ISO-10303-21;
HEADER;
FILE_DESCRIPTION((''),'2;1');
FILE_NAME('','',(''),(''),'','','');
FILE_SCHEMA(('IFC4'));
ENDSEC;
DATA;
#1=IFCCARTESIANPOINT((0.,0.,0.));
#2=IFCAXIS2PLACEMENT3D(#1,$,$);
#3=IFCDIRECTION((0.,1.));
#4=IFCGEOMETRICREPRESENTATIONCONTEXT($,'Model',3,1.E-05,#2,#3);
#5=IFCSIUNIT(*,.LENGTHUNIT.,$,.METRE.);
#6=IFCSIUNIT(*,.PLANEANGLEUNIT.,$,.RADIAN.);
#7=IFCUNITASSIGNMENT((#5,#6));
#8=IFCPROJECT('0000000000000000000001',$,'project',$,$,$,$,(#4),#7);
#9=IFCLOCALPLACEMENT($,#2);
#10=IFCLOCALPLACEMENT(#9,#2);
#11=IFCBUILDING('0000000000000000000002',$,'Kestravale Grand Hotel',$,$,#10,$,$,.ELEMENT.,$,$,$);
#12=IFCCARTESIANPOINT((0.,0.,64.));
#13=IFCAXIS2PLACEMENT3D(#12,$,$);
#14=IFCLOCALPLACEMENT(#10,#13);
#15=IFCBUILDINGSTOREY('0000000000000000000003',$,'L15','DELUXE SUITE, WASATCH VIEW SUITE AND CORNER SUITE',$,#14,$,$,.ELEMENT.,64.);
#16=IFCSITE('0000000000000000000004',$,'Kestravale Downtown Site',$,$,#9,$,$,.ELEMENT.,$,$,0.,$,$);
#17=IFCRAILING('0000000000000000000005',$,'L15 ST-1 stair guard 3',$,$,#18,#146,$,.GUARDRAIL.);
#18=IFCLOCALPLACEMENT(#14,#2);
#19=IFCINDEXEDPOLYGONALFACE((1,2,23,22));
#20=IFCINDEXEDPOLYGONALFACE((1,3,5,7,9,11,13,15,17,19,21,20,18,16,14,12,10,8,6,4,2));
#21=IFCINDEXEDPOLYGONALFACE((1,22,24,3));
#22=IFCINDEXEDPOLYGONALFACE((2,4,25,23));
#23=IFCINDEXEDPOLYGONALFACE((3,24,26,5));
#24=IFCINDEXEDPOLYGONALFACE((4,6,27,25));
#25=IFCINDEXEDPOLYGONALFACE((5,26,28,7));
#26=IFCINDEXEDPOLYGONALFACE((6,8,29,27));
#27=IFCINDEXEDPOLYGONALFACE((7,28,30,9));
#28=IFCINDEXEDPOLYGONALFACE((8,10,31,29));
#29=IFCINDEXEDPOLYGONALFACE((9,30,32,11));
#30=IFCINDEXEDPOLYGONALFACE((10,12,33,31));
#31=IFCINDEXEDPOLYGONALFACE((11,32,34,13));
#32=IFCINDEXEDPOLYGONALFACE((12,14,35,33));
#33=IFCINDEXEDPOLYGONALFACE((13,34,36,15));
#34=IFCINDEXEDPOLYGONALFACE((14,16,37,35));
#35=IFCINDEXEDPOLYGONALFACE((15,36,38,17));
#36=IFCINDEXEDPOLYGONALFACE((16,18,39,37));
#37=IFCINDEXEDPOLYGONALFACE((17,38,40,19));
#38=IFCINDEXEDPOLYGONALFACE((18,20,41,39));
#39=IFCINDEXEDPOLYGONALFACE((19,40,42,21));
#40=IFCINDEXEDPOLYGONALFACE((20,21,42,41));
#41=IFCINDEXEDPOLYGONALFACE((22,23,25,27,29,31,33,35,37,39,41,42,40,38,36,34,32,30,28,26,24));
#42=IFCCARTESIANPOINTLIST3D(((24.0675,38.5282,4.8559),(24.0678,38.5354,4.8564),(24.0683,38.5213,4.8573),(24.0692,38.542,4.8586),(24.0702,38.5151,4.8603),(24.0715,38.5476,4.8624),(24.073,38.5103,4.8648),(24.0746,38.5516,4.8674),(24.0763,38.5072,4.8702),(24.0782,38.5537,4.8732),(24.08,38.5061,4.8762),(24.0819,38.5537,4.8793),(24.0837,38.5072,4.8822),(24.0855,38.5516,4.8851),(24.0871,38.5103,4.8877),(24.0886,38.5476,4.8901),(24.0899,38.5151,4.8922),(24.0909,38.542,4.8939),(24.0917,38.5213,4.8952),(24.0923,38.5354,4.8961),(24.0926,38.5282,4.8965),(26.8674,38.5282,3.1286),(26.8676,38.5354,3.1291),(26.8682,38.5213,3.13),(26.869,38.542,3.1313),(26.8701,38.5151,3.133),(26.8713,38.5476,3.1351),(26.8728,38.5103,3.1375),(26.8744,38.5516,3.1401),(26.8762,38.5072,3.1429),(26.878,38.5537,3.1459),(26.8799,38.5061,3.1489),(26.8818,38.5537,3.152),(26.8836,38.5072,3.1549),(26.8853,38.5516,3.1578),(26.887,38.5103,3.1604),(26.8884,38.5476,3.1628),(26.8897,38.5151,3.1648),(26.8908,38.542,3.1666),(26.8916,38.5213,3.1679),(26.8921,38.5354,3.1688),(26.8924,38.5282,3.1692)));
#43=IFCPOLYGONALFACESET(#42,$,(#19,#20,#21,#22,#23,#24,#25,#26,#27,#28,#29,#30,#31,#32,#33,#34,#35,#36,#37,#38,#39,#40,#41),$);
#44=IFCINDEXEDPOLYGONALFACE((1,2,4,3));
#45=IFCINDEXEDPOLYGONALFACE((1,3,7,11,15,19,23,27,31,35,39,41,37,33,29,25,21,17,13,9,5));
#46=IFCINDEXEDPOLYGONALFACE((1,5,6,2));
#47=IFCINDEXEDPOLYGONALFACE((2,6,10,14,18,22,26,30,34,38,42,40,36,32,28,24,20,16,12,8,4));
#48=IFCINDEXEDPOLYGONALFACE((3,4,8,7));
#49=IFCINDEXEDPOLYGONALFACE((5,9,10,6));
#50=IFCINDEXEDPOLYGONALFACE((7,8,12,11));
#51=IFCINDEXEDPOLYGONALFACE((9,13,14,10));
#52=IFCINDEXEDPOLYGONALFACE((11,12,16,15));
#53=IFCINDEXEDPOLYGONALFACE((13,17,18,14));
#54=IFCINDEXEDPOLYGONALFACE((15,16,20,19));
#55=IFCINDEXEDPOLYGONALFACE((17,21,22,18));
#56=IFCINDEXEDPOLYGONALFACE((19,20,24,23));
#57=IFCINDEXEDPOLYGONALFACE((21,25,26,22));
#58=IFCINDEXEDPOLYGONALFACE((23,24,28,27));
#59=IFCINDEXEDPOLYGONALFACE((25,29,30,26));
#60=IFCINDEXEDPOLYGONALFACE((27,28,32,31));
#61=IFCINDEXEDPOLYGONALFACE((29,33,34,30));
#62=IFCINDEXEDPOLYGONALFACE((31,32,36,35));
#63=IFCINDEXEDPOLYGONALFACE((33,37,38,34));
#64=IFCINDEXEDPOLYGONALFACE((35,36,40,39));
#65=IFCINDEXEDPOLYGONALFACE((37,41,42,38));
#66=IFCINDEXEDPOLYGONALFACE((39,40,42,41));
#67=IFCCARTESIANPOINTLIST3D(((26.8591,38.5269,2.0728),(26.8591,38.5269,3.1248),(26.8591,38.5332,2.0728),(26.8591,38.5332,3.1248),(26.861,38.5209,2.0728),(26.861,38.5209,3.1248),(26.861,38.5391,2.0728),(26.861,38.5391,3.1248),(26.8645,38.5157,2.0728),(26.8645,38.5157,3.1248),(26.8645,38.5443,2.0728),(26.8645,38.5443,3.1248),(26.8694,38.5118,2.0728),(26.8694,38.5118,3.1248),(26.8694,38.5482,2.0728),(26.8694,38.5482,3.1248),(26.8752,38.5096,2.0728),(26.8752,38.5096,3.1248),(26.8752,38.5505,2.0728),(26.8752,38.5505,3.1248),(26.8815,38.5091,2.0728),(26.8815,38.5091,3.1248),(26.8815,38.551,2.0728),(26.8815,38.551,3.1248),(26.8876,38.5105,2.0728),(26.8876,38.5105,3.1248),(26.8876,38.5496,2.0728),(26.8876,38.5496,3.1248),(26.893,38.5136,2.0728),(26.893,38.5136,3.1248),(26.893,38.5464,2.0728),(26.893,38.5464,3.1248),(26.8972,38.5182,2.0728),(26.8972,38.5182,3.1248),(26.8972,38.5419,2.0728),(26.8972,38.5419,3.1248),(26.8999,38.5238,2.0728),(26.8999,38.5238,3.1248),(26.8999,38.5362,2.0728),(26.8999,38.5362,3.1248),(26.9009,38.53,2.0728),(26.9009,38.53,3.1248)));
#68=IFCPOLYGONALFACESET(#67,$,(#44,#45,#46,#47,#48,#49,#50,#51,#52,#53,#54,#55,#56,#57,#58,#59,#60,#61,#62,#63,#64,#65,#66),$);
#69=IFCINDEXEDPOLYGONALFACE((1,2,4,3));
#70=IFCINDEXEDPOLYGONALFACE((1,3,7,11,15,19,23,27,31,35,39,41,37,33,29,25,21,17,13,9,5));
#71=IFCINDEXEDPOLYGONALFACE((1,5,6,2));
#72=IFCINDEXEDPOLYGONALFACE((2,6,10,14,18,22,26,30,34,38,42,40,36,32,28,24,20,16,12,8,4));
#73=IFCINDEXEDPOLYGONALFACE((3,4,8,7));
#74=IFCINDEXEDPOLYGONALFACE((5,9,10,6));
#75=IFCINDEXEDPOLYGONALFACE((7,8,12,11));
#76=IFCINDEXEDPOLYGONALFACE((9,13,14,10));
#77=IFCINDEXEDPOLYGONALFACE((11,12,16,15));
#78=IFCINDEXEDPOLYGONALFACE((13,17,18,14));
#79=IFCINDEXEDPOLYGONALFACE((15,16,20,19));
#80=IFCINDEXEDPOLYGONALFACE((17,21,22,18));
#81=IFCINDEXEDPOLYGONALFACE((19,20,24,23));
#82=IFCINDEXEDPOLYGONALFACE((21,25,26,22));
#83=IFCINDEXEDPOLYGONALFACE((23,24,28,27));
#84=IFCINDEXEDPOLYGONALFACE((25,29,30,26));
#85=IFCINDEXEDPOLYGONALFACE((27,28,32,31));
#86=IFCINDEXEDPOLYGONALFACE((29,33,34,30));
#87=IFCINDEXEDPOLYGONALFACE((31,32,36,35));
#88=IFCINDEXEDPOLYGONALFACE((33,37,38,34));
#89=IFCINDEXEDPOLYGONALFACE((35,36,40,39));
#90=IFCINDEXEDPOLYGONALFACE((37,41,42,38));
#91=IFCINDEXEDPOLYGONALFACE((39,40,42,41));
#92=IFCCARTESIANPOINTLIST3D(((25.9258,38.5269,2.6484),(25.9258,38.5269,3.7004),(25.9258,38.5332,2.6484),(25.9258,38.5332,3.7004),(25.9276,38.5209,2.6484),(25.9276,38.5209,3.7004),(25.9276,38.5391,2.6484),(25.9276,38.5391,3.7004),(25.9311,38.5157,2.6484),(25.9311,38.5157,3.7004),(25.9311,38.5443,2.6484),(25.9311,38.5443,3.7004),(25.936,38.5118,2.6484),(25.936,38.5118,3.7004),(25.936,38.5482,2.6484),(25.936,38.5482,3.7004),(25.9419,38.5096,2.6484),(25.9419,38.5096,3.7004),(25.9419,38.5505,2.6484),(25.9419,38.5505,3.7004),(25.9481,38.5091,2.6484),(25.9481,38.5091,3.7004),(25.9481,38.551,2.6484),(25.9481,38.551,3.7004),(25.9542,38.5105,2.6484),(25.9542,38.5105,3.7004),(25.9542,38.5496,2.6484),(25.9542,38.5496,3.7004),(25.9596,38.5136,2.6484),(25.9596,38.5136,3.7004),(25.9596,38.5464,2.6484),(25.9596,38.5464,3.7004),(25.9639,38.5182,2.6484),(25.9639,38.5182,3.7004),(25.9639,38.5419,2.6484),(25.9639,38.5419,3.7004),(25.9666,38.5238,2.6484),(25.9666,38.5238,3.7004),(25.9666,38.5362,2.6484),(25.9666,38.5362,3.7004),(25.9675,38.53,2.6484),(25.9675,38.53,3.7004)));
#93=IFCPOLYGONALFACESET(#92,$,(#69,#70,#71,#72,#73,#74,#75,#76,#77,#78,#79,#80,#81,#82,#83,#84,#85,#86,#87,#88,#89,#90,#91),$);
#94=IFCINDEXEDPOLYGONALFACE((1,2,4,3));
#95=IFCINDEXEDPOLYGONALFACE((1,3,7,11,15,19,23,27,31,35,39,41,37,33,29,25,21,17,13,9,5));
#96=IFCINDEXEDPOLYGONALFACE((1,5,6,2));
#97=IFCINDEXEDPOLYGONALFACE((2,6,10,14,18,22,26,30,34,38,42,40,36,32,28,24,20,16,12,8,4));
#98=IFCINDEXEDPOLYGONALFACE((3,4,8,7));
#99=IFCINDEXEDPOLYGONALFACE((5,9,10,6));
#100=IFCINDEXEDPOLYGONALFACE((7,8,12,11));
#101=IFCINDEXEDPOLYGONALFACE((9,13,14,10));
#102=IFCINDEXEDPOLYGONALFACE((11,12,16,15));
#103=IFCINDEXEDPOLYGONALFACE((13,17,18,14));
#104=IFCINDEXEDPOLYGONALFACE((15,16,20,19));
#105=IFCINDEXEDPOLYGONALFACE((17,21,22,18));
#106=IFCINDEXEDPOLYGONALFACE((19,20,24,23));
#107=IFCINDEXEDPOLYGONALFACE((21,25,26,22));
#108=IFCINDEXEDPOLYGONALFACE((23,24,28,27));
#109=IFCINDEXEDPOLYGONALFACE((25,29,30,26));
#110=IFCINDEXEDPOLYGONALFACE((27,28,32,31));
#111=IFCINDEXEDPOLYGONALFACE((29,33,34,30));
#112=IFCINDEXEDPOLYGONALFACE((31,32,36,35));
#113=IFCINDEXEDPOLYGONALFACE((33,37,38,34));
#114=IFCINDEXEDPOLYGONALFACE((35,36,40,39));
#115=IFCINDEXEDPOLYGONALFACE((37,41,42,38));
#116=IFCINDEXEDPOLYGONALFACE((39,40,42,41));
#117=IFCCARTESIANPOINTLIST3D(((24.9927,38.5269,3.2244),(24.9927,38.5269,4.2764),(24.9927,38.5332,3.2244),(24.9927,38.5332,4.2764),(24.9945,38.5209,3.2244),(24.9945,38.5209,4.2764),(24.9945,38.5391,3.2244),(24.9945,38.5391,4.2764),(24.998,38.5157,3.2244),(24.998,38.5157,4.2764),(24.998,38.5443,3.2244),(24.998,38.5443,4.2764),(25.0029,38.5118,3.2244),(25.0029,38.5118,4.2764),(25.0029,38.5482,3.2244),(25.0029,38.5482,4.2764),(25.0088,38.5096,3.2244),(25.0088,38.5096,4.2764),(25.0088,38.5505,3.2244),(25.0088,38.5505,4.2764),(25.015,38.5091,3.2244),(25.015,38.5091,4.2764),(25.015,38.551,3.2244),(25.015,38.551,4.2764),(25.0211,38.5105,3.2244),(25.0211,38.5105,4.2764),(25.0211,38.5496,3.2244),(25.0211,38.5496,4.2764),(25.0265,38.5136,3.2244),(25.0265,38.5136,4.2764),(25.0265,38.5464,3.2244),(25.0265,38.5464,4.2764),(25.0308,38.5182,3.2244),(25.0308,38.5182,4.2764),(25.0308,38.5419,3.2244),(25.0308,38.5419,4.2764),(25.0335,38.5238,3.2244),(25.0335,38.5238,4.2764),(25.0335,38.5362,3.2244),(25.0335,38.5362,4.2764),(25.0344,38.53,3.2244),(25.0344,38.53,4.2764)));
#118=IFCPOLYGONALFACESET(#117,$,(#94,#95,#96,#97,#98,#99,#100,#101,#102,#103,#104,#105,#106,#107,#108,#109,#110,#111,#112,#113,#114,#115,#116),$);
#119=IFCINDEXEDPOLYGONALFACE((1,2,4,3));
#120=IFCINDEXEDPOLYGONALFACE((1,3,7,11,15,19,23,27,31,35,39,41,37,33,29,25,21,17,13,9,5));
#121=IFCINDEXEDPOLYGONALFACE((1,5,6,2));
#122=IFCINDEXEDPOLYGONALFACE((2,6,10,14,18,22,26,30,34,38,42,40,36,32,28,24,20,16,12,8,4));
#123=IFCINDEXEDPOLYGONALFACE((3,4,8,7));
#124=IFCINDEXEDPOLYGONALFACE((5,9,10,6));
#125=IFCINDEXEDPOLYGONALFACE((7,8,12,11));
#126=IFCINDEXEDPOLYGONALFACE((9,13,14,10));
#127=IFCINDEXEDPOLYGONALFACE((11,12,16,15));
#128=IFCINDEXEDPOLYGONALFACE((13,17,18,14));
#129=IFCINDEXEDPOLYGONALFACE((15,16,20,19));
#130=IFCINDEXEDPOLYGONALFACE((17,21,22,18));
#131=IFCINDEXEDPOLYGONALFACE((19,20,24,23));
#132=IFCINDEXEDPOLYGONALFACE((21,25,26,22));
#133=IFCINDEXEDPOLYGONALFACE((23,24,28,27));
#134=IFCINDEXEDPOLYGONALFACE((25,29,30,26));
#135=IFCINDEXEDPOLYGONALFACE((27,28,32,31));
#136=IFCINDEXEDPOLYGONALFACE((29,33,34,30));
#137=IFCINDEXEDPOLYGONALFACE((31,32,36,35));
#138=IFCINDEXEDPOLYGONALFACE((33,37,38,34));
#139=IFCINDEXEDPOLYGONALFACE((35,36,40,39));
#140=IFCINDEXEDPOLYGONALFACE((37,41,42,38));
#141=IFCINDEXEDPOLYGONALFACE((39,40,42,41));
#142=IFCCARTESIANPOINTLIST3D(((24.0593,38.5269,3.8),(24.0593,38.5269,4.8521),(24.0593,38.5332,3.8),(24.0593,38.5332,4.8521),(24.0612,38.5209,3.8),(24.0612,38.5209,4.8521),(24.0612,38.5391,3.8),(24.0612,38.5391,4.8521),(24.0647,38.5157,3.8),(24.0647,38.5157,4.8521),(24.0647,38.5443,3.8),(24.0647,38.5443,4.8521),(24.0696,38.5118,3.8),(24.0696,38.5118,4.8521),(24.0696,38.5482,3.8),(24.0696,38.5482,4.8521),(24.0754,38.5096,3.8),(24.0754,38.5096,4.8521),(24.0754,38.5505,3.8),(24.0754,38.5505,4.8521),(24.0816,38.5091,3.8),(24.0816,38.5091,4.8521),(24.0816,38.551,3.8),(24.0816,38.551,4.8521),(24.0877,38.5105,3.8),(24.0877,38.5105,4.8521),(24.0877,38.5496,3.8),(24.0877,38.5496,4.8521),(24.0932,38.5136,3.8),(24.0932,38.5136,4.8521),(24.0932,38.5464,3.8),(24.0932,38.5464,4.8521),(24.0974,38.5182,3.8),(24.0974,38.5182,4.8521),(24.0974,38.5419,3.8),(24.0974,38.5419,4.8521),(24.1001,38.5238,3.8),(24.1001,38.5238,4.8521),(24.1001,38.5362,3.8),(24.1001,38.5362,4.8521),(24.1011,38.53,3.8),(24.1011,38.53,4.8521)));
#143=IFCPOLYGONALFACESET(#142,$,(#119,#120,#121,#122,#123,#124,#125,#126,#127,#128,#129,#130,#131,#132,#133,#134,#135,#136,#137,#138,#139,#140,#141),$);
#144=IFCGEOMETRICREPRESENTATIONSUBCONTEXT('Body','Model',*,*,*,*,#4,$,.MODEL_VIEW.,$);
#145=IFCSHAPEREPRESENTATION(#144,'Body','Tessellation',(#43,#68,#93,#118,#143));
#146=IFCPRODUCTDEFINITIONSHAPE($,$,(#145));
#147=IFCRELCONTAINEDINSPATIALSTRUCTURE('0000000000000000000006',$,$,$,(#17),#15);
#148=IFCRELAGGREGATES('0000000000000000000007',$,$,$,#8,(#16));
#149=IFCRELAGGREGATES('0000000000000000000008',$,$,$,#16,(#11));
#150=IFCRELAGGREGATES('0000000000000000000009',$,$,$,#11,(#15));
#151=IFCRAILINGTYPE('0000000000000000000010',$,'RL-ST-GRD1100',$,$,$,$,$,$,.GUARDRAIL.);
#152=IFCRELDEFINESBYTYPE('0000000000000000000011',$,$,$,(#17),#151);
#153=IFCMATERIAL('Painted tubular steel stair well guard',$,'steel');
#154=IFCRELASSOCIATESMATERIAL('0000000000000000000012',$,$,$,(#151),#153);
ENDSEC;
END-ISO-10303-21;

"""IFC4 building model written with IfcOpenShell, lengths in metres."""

from ifc_helpers import new_model, si_unit, direction, frame, origin, origin_2d, place, context, subcontext, project, spatial, circle, extrude, material, type_object, element, save


model = new_model("IFC4")

# Units and contexts
model_context = context("Model", 3, precision=1e-05, world=origin(), true_north=direction((0.0, 1.0)))
body_context = subcontext(model_context, "Body", "Model", "MODEL_VIEW")
ifc_project = project(units=[si_unit("LENGTHUNIT", "METRE"), si_unit("PLANEANGLEUNIT", "RADIAN")], contexts=[model_context])

# Site, building, storey
site_placement = place(None, origin())
site = spatial("IfcSite", under=ifc_project, at=site_placement, Name="Kestravale Downtown Site", CompositionType="ELEMENT", RefElevation=0.0)
building_placement = place(site_placement, origin())
building = spatial("IfcBuilding", under=site, at=building_placement, Name="Kestravale Grand Hotel", CompositionType="ELEMENT")
storey_placement = place(building_placement, frame((0.0, 0.0, 64.0)))
storey = spatial("IfcBuildingStorey", under=building, at=storey_placement, Name="L15", Description="DELUXE SUITE, WASATCH VIEW SUITE AND CORNER SUITE", CompositionType="ELEMENT", Elevation=64.0)

# Railing
ifc_material_1 = material(Name="Painted tubular steel stair well guard", Category="steel")
railing_type_1 = type_object("IfcRailingType", Name="RL-ST-GRD1100", PredefinedType="GUARDRAIL", material=ifc_material_1)
railing_1_placement = place(storey_placement, frame((26.8799, 38.53, 2.0728)))
element("IfcRailing", 1, at=railing_1_placement, inside=storey, type_object=railing_type_1, Name="L15 ST-1 stair guard 3", PredefinedType="GUARDRAIL", context=body_context, shape_type="SweptSolid", body=[
    extrude(circle(Radius=0.0239, at=origin_2d()), frame((0.0, 0.0, 1.0762), z_axis=(-0.851069, 0.0, 0.525054), x_axis=(0.0, -1.0, 0.0)), (0.0, 0.0, 1.0), 3.2898),
    extrude(circle(Radius=0.021, at=origin_2d()), origin(), (0.0, 0.0, 1.0), 1.052),
    extrude(circle(Radius=0.021, at=origin_2d()), frame((-0.9333, 0.0, 0.5757)), (0.0, 0.0, 1.0), 1.052),
    extrude(circle(Radius=0.021, at=origin_2d()), frame((-1.8665, 0.0, 1.1516)), (0.0, 0.0, 1.0), 1.052),
    extrude(circle(Radius=0.021, at=origin_2d()), frame((-2.7998, 0.0, 1.7273)), (0.0, 0.0, 1.0), 1.052),
])

save(model, "model.ifc")
